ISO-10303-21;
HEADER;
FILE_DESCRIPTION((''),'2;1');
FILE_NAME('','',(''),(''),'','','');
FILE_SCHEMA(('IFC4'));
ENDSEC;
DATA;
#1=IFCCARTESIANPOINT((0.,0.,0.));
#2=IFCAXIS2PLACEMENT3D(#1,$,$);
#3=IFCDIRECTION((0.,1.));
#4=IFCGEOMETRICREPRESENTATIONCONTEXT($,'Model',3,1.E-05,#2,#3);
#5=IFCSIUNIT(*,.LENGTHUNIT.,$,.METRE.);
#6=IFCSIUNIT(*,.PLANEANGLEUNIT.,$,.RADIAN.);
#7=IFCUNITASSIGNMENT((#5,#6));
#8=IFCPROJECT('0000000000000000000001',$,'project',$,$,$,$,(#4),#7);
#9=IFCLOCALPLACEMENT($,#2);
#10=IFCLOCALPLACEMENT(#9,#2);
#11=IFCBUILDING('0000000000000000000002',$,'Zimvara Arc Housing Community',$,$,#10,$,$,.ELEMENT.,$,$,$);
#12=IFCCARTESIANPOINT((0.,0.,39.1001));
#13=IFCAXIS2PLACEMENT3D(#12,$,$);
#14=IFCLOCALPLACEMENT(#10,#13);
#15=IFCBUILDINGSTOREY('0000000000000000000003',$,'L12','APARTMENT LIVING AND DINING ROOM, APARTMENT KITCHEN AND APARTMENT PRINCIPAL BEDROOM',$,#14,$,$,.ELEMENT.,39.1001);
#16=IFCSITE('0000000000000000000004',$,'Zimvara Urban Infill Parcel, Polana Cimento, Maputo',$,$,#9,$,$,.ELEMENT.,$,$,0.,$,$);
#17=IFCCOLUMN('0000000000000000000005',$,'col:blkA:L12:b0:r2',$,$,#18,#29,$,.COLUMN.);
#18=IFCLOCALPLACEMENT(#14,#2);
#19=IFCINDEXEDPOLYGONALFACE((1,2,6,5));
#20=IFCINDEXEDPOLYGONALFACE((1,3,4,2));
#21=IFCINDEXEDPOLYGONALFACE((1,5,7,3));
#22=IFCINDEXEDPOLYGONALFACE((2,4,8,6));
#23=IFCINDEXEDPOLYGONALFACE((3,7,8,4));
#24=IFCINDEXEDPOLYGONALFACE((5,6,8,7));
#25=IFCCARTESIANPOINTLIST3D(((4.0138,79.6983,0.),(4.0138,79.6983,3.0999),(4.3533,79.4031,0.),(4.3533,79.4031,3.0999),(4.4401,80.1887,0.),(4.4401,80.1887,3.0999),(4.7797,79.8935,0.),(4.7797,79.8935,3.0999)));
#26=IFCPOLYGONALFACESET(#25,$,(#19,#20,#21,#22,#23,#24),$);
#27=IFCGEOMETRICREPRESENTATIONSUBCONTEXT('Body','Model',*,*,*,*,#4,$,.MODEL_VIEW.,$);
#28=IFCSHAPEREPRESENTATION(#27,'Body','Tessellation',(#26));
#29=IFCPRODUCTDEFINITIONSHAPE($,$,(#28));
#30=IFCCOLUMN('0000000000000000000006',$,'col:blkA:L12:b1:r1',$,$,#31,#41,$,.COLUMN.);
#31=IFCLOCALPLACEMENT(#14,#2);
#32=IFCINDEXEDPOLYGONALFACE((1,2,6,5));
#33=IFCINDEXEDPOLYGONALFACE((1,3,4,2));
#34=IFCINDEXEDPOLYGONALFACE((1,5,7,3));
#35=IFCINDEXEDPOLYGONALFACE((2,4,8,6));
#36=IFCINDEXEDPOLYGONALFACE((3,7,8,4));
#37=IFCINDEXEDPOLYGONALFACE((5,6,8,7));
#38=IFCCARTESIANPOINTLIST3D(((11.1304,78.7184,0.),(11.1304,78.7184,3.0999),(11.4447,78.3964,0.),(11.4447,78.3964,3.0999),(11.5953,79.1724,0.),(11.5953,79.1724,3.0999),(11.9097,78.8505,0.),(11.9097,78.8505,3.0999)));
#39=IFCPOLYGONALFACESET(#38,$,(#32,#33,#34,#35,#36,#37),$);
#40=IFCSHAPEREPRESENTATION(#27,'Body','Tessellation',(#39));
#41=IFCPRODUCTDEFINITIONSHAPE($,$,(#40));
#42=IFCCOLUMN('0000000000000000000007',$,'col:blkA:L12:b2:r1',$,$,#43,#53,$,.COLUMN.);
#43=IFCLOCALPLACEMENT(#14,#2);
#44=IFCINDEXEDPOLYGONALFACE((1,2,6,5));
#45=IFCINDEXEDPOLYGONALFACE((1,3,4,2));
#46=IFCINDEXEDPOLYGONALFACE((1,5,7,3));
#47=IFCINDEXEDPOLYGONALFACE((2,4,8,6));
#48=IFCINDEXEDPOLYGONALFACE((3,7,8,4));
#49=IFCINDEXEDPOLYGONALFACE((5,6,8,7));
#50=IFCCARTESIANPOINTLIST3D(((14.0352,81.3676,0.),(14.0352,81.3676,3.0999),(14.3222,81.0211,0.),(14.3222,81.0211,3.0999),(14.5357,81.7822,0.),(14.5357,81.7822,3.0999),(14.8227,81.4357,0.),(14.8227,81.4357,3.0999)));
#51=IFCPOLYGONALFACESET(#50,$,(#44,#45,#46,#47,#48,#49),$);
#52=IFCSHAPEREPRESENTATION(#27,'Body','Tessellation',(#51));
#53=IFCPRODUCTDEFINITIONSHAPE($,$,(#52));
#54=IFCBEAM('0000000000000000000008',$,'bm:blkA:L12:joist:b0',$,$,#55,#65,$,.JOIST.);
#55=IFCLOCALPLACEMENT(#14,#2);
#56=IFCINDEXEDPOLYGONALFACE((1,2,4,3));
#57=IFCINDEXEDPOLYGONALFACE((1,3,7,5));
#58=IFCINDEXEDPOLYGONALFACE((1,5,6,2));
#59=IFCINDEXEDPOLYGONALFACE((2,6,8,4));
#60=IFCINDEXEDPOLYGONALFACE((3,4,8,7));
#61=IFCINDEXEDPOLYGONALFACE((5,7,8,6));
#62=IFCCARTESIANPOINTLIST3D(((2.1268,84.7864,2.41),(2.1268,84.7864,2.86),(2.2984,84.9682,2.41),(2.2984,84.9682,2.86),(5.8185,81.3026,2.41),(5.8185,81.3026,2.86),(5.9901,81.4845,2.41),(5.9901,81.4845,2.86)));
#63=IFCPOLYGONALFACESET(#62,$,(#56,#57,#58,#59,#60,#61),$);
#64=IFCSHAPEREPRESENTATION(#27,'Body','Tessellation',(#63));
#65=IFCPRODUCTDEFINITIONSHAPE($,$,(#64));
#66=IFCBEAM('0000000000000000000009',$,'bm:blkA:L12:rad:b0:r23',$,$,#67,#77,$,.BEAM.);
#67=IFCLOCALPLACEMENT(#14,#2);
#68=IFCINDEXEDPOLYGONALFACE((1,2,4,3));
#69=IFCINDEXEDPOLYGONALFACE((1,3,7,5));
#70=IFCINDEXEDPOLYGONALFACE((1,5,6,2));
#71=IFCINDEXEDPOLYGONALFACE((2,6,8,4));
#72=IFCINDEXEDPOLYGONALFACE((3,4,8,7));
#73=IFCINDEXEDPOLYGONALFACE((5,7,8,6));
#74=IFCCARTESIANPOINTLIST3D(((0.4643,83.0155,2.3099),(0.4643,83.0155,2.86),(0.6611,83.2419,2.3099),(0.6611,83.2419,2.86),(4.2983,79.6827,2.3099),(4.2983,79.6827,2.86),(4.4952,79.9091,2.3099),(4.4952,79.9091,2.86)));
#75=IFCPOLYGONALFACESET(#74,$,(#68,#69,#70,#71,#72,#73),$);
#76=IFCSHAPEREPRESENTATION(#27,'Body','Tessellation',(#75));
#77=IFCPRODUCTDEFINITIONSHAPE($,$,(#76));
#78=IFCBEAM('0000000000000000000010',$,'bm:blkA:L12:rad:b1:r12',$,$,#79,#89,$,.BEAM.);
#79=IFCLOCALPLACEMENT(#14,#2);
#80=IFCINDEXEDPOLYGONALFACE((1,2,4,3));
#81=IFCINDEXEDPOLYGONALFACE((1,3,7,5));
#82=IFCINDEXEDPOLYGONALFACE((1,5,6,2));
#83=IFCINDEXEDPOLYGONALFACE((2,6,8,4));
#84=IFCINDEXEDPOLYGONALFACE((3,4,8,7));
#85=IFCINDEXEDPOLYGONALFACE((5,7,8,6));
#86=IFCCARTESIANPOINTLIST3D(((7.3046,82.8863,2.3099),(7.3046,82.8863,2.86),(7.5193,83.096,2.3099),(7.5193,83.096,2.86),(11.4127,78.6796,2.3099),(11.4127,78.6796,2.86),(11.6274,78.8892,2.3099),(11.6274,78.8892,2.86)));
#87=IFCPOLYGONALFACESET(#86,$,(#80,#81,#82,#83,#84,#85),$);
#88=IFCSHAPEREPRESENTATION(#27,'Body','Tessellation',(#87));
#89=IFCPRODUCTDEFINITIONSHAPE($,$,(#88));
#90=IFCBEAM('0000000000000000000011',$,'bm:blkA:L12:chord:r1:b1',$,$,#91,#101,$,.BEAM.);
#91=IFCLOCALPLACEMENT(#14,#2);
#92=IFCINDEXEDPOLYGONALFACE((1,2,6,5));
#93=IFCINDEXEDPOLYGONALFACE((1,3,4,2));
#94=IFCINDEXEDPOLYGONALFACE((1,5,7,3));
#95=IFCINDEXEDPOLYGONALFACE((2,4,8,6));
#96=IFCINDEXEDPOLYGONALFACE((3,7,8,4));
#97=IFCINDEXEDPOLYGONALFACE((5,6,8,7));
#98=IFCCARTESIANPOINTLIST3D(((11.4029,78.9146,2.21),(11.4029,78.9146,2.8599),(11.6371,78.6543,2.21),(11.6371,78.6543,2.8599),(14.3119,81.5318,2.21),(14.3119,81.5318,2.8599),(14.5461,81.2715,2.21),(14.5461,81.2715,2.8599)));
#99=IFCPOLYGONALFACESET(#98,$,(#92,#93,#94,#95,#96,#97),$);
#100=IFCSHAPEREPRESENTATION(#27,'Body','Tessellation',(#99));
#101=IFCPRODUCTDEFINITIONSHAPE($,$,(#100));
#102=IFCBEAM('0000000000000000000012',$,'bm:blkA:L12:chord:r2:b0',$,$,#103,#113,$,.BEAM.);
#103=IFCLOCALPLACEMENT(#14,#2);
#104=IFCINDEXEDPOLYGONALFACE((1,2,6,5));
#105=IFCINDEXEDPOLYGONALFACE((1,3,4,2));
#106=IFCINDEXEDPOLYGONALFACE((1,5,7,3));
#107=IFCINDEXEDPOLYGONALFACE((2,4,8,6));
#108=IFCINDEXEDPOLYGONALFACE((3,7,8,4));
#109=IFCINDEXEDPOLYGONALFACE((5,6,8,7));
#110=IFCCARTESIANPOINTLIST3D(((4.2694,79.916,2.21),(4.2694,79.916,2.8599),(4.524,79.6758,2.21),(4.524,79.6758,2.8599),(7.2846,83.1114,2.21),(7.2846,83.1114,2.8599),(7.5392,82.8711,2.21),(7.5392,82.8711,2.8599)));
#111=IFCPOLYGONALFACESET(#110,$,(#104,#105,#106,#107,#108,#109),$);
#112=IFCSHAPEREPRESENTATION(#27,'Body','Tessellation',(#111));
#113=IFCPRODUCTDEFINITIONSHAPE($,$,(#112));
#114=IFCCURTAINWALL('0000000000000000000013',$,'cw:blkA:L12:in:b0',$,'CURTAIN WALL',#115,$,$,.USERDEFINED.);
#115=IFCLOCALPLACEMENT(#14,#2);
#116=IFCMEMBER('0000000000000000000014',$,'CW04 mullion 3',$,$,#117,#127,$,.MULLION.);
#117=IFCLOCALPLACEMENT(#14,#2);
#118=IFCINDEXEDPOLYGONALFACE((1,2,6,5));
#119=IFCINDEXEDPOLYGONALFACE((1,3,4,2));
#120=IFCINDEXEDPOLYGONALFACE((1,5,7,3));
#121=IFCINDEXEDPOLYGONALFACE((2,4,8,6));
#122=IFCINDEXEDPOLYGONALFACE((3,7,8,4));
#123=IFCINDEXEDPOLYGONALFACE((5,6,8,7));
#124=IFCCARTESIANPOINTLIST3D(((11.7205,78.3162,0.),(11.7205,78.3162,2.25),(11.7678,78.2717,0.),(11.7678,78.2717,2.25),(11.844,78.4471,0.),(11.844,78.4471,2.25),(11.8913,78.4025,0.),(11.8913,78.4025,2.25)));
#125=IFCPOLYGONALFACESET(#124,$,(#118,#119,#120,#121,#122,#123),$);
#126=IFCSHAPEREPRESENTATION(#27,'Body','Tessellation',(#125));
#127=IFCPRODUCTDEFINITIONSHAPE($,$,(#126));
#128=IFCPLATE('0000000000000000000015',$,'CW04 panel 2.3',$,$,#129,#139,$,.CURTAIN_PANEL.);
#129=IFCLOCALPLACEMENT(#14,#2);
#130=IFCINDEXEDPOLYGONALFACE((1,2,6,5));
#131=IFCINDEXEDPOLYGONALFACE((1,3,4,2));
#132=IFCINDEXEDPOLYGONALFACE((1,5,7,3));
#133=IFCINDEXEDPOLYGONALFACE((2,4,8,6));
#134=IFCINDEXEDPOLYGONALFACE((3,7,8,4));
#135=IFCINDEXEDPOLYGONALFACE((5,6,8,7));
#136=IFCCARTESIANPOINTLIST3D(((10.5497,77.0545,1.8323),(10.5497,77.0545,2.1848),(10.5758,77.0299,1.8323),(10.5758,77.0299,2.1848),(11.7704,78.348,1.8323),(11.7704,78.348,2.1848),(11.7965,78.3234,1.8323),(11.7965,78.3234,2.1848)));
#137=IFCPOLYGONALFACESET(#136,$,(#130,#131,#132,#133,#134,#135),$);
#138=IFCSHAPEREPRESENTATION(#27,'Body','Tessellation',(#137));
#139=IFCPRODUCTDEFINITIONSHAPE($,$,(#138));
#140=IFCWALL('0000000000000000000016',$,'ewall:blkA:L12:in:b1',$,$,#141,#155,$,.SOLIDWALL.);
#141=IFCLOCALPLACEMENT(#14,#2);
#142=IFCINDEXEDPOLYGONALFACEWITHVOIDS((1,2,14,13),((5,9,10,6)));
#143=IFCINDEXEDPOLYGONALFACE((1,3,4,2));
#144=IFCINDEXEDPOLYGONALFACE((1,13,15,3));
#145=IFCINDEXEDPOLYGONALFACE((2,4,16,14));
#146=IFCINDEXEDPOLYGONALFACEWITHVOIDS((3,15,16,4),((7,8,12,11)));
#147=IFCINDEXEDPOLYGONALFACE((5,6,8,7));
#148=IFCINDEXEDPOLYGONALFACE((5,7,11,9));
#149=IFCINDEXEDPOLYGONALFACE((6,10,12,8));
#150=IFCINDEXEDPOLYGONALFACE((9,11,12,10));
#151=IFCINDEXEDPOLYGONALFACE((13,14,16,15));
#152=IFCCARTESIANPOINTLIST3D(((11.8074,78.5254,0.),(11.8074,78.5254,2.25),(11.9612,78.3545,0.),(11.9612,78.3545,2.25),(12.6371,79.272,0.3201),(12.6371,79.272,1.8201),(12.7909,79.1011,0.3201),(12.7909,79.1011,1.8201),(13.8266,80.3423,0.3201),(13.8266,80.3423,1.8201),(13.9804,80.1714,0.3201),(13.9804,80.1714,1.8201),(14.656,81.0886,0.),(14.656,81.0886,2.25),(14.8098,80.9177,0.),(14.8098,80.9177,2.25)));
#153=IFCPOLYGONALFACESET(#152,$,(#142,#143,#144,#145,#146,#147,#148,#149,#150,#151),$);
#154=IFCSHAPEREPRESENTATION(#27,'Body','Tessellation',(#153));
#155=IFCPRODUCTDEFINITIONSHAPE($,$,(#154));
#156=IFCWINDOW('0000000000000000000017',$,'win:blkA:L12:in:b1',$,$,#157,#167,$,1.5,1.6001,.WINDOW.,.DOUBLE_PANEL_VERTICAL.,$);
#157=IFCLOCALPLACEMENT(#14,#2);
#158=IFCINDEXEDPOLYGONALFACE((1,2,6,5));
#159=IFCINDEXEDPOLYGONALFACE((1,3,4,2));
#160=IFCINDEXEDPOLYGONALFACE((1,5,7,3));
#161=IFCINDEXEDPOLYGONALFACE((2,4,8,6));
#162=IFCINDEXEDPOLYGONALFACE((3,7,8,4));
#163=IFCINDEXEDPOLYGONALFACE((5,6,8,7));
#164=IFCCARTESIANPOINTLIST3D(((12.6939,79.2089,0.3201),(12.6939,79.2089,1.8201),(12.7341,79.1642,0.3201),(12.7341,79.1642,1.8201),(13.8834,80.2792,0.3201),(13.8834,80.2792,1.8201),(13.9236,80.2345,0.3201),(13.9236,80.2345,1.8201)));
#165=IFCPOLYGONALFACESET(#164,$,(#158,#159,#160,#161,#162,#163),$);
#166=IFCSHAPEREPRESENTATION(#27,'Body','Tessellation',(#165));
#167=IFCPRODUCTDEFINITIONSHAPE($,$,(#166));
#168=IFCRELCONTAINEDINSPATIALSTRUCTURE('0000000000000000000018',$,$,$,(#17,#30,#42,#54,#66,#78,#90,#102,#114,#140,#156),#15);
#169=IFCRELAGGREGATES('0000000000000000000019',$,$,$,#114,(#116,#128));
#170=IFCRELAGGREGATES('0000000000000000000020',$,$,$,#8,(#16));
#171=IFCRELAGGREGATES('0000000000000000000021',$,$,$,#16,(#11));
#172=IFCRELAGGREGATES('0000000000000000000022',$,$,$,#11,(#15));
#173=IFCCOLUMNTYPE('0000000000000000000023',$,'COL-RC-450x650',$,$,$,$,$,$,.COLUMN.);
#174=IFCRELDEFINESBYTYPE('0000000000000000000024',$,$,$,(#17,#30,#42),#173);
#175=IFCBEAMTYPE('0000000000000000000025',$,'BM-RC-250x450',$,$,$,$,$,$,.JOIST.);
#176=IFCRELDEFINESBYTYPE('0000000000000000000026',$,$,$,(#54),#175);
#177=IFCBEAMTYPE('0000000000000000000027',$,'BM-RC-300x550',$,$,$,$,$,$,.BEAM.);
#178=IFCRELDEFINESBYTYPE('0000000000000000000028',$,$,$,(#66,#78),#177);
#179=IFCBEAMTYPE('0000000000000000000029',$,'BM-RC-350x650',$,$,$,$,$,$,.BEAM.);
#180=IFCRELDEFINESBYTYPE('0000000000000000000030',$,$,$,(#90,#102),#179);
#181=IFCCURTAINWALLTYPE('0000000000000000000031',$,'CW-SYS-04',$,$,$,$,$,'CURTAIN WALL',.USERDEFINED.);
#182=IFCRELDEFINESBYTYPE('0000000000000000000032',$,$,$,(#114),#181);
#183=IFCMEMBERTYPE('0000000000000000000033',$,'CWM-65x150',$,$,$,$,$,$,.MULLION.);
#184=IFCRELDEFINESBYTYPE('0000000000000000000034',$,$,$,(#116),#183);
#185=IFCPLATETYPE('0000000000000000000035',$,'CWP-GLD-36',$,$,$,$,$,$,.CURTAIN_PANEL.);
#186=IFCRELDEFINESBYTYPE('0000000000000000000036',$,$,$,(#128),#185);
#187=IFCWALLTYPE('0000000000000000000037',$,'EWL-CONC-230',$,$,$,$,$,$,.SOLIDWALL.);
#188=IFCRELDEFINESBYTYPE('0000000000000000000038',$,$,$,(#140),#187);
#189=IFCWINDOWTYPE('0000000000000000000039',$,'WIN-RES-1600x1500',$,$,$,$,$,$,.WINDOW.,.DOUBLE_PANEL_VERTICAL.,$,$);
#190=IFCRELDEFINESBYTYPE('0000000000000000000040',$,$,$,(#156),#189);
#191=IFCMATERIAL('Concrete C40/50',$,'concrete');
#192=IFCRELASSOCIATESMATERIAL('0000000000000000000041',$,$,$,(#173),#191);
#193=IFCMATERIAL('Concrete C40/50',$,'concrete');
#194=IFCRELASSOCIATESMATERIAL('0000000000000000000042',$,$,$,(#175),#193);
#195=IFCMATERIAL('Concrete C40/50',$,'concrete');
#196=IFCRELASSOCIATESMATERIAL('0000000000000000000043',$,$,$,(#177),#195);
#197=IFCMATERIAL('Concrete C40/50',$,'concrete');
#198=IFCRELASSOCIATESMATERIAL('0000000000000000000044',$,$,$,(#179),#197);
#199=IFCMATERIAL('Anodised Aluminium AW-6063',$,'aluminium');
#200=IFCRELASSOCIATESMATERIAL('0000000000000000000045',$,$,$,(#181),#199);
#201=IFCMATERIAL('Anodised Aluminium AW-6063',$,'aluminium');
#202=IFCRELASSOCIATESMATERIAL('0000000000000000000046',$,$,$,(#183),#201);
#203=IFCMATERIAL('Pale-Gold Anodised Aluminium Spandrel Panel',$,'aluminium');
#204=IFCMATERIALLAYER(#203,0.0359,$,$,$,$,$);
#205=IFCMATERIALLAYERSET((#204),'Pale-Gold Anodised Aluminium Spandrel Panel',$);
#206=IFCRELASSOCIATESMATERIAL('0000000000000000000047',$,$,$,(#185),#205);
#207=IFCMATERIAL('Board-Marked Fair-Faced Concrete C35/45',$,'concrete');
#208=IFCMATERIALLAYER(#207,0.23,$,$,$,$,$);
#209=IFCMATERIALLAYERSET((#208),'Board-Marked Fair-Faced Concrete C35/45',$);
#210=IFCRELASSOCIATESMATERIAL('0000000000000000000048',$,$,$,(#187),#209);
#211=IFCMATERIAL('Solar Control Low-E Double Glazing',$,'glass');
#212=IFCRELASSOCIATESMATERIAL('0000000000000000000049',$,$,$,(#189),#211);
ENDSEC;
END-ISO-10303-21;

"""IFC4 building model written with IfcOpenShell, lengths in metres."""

from ifc_helpers import new_model, si_unit, direction, frame, frame_2d, origin, origin_2d, place, context, subcontext, project, spatial, rectangle, extrude, material, layer, layer_set, material_profile, profile_set, type_object, element, fill, aggregate, save


model = new_model("IFC4")

# Units and contexts
model_context = context("Model", 3, precision=1e-05, world=origin(), true_north=direction((0.0, 1.0)))
body_context = subcontext(model_context, "Body", "Model", "MODEL_VIEW")
ifc_project = project(units=[si_unit("LENGTHUNIT", "METRE"), si_unit("PLANEANGLEUNIT", "RADIAN")], contexts=[model_context])

# Site, building, storey
site_placement = place(None, origin())
site = spatial("IfcSite", under=ifc_project, at=site_placement, Name="Zimvara Urban Infill Parcel, Polana Cimento, Maputo", CompositionType="ELEMENT", RefElevation=0.0)
building_placement = place(site_placement, origin())
building = spatial("IfcBuilding", under=site, at=building_placement, Name="Zimvara Arc Housing Community", CompositionType="ELEMENT")
storey_placement = place(building_placement, frame((0.0, 0.0, 39.1001)))
storey = spatial("IfcBuildingStorey", under=building, at=storey_placement, Name="L12", Description="APARTMENT LIVING AND DINING ROOM, APARTMENT KITCHEN AND APARTMENT PRINCIPAL BEDROOM", CompositionType="ELEMENT", Elevation=39.1001)

# Columns
ifc_material_1 = material(Name="Concrete C40/50", Category="concrete")
ifc_material_profile_1 = material_profile(ifc_material_1, rectangle(XDim=0.45, YDim=0.6499, at=origin_2d()), Name="RC 450x650")
ifc_profile_set_1 = profile_set([ifc_material_profile_1], Name="Concrete C40/50")
column_type = type_object("IfcColumnType", Name="COL-RC-450x650", PredefinedType="COLUMN", material=ifc_profile_set_1)
for number, where, z_axis, x_axis, name in (
    (1, (4.3967, 79.7959, 0.0), (0.0, 0.0, 1.0), (-0.75471, 0.656059, 0.0), "col:blkA:L12:b0:r2"),
    (2, (11.52, 78.7844, 0.0), (0.0, 0.0, 1.0), (-0.698665, 0.715449, 0.0), "col:blkA:L12:b1:r1"),
    (3, (14.429, 81.4016, 0.0), (0.0, 0.0, 1.0), (-0.637962, 0.770068, 0.0), "col:blkA:L12:b2:r1"),
):
    element("IfcColumn", number, at=place(storey_placement, frame(where, z_axis=z_axis, x_axis=x_axis)), inside=storey, type_object=column_type, Name=name, PredefinedType="COLUMN", context=body_context, shape_type="SweptSolid", body=[
        extrude(rectangle(XDim=0.45, YDim=0.6499, at=origin_2d()), origin(), (0.0, 0.0, 1.0), 3.0999),
    ])

# Beams
ifc_material_2 = material(Name="Concrete C40/50", Category="concrete")
ifc_material_profile_2 = material_profile(ifc_material_2, rectangle(XDim=0.25, YDim=0.45, at=origin_2d()), Name="RC 250x450")
ifc_profile_set_2 = profile_set([ifc_material_profile_2], Name="Concrete C40/50")
beam_type_1 = type_object("IfcBeamType", Name="BM-RC-250x450", PredefinedType="JOIST", material=ifc_profile_set_2)
beam_1_placement = place(storey_placement, frame((5.9043, 81.3936, 2.635), z_axis=(-0.7273, 0.68632, 0.0), x_axis=(-0.68632, -0.7273, 0.0)))
element("IfcBeam", 4, at=beam_1_placement, inside=storey, type_object=beam_type_1, Name="bm:blkA:L12:joist:b0", PredefinedType="JOIST", context=body_context, shape_type="SweptSolid", body=[
    extrude(rectangle(XDim=0.25, YDim=0.45, at=origin_2d()), origin(), (0.0, 0.0, 1.0), 5.0759),
])
ifc_material_3 = material(Name="Concrete C40/50", Category="concrete")
ifc_material_profile_3 = material_profile(ifc_material_3, rectangle(XDim=0.3, YDim=0.55, at=origin_2d()), Name="RC 300x550")
ifc_profile_set_3 = profile_set([ifc_material_profile_3], Name="Concrete C40/50")
beam_type_2 = type_object("IfcBeamType", Name="BM-RC-300x550", PredefinedType="BEAM", material=ifc_profile_set_3)
beam_2_placement = place(storey_placement, frame((4.3967, 79.7959, 2.585), z_axis=(-0.754716, 0.656051, 0.0), x_axis=(-0.656051, -0.754716, 0.0)))
element("IfcBeam", 5, at=beam_2_placement, inside=storey, type_object=beam_type_2, Name="bm:blkA:L12:rad:b0:r23", PredefinedType="BEAM", context=body_context, shape_type="SweptSolid", body=[
    extrude(rectangle(XDim=0.3, YDim=0.55, at=origin_2d()), origin(), (0.0, 0.0, 1.0), 5.0801),
])
beam_3_placement = place(storey_placement, frame((11.52, 78.7844, 2.585), z_axis=(-0.69867, 0.715444, 0.0), x_axis=(-0.715444, -0.69867, 0.0)))
element("IfcBeam", 6, at=beam_3_placement, inside=storey, type_object=beam_type_2, Name="bm:blkA:L12:rad:b1:r12", PredefinedType="BEAM", context=body_context, shape_type="SweptSolid", body=[
    extrude(rectangle(XDim=0.3, YDim=0.55, at=origin_2d()), origin(), (0.0, 0.0, 1.0), 5.8799),
])
ifc_material_4 = material(Name="Concrete C40/50", Category="concrete")
ifc_material_profile_4 = material_profile(ifc_material_4, rectangle(XDim=0.3501, YDim=0.6499, at=origin_2d()), Name="RC 350x650")
ifc_profile_set_4 = profile_set([ifc_material_profile_4], Name="Concrete C40/50")
beam_type_3 = type_object("IfcBeamType", Name="BM-RC-350x650", PredefinedType="BEAM", material=ifc_profile_set_4)
beam_4_placement = place(storey_placement, frame((11.52, 78.7844, 2.5349), z_axis=(0.743403, 0.668844, 0.0), x_axis=(-0.668844, 0.743403, 0.0)))
element("IfcBeam", 7, at=beam_4_placement, inside=storey, type_object=beam_type_3, Name="bm:blkA:L12:chord:r1:b1", PredefinedType="BEAM", context=body_context, shape_type="SweptSolid", body=[
    extrude(rectangle(XDim=0.3501, YDim=0.6499, at=origin_2d()), origin(), (0.0, 0.0, 1.0), 3.9131),
])
beam_5_placement = place(storey_placement, frame((4.3967, 79.7959, 2.5349), z_axis=(0.686304, 0.727315, 0.0), x_axis=(-0.727315, 0.686304, 0.0)))
element("IfcBeam", 8, at=beam_5_placement, inside=storey, type_object=beam_type_3, Name="bm:blkA:L12:chord:r2:b0", PredefinedType="BEAM", context=body_context, shape_type="SweptSolid", body=[
    extrude(rectangle(XDim=0.3501, YDim=0.6499, at=origin_2d()), origin(), (0.0, 0.0, 1.0), 4.3933),
])

# Curtain wall, member, plate
ifc_material_5 = material(Name="Anodised Aluminium AW-6063", Category="aluminium")
curtain_wall_type = type_object("IfcCurtainWallType", Name="CW-SYS-04", ElementType="CURTAIN WALL", PredefinedType="USERDEFINED", material=ifc_material_5)
curtain_wall_placement = place(storey_placement, origin())
curtain_wall = element("IfcCurtainWall", 9, at=curtain_wall_placement, inside=storey, type_object=curtain_wall_type, Name="cw:blkA:L12:in:b0", ObjectType="CURTAIN WALL", PredefinedType="USERDEFINED")
ifc_material_6 = material(Name="Anodised Aluminium AW-6063", Category="aluminium")
ifc_material_profile_5 = material_profile(ifc_material_6, rectangle(XDim=0.0649, YDim=0.1799, at=origin_2d()), Name="ALU 65x180")
ifc_profile_set_5 = profile_set([ifc_material_profile_5], Name="Anodised Aluminium AW-6063")
member_type = type_object("IfcMemberType", Name="CWM-65x150", PredefinedType="MULLION", material=ifc_profile_set_5)
member_placement = place(storey_placement, frame((11.8059, 78.3594, 0.0), z_axis=(0.0, 0.0, 1.0), x_axis=(-0.727294, 0.686326, 0.0)))
member = element("IfcMember", 10, at=member_placement, type_object=member_type, Name="CW04 mullion 3", PredefinedType="MULLION", context=body_context, shape_type="SweptSolid", body=[
    extrude(rectangle(XDim=0.0649, YDim=0.1799, at=origin_2d()), origin(), (0.0, 0.0, 1.0), 2.25),
])
ifc_material_7 = material(Name="Pale-Gold Anodised Aluminium Spandrel Panel", Category="aluminium")
ifc_layer_1 = layer(ifc_material_7, 0.0359)
ifc_layer_set_1 = layer_set([ifc_layer_1], Name="Pale-Gold Anodised Aluminium Spandrel Panel")
plate_type = type_object("IfcPlateType", Name="CWP-GLD-36", PredefinedType="CURTAIN_PANEL", material=ifc_layer_set_1)
plate_placement = place(storey_placement, frame((11.1731, 77.689, 1.8323), z_axis=(0.0, 0.0, 1.0), x_axis=(0.686326, 0.727294, 0.0)))
plate = element("IfcPlate", 11, at=plate_placement, type_object=plate_type, Name="CW04 panel 2.3", PredefinedType="CURTAIN_PANEL", context=body_context, shape_type="SweptSolid", body=[
    extrude(rectangle(XDim=1.7786, YDim=0.0359, at=origin_2d()), origin(), (0.0, 0.0, 1.0), 0.3525),
])
aggregate(curtain_wall, [member, plate])

# Wall, opening, window
ifc_material_8 = material(Name="Board-Marked Fair-Faced Concrete C35/45", Category="concrete")
ifc_layer_2 = layer(ifc_material_8, 0.23)
ifc_layer_set_2 = layer_set([ifc_layer_2], Name="Board-Marked Fair-Faced Concrete C35/45")
wall_type_1 = type_object("IfcWallType", Name="EWL-CONC-230", PredefinedType="SOLIDWALL", material=ifc_layer_set_2)
wall_1_placement = place(storey_placement, frame((11.8843, 78.4399, 0.0), z_axis=(0.0, 0.0, 1.0), x_axis=(0.743364, 0.668887, 0.0)))
wall_1 = element("IfcWall", 12, at=wall_1_placement, inside=storey, type_object=wall_type_1, Name="ewall:blkA:L12:in:b1", PredefinedType="SOLIDWALL", context=body_context, shape_type="SweptSolid", body=[
    extrude(rectangle(XDim=3.832, YDim=0.23, at=frame_2d((1.916, 0.0))), origin(), (0.0, 0.0, 1.0), 2.25),
])
opening_1_placement = place(wall_1_placement, frame((1.1162, 0.0, 0.3201)))
opening_1 = element("IfcOpeningElement", 13, at=opening_1_placement, cuts=wall_1, PredefinedType="OPENING", context=body_context, shape_type="SweptSolid", body=[
    extrude(rectangle(XDim=1.6001, YDim=1.5, at=frame_2d((0.8, 0.75))), frame((0.0, 0.125, 0.0), z_axis=(0.0, -1.0, 0.0), x_axis=(1.0, 0.0, 0.0)), (0.0, 0.0, 1.0), 0.25),
])
ifc_material_9 = material(Name="Solar Control Low-E Double Glazing", Category="glass")
window_type = type_object("IfcWindowType", Name="WIN-RES-1600x1500", PartitioningType="DOUBLE_PANEL_VERTICAL", PredefinedType="WINDOW", material=ifc_material_9)
window_placement = place(opening_1_placement, origin())
window = element("IfcWindow", 14, at=window_placement, inside=storey, type_object=window_type, Name="win:blkA:L12:in:b1", OverallHeight=1.5, OverallWidth=1.6001, PartitioningType="DOUBLE_PANEL_VERTICAL", PredefinedType="WINDOW", context=body_context, shape_type="SweptSolid", body=[
    extrude(rectangle(XDim=1.6001, YDim=1.5, at=frame_2d((0.8, 0.75))), frame((0.0, 0.03, 0.0), z_axis=(0.0, -1.0, 0.0), x_axis=(1.0, 0.0, 0.0)), (0.0, 0.0, 1.0), 0.0601),
])
fill(opening_1, window)

save(model, "model.ifc")
